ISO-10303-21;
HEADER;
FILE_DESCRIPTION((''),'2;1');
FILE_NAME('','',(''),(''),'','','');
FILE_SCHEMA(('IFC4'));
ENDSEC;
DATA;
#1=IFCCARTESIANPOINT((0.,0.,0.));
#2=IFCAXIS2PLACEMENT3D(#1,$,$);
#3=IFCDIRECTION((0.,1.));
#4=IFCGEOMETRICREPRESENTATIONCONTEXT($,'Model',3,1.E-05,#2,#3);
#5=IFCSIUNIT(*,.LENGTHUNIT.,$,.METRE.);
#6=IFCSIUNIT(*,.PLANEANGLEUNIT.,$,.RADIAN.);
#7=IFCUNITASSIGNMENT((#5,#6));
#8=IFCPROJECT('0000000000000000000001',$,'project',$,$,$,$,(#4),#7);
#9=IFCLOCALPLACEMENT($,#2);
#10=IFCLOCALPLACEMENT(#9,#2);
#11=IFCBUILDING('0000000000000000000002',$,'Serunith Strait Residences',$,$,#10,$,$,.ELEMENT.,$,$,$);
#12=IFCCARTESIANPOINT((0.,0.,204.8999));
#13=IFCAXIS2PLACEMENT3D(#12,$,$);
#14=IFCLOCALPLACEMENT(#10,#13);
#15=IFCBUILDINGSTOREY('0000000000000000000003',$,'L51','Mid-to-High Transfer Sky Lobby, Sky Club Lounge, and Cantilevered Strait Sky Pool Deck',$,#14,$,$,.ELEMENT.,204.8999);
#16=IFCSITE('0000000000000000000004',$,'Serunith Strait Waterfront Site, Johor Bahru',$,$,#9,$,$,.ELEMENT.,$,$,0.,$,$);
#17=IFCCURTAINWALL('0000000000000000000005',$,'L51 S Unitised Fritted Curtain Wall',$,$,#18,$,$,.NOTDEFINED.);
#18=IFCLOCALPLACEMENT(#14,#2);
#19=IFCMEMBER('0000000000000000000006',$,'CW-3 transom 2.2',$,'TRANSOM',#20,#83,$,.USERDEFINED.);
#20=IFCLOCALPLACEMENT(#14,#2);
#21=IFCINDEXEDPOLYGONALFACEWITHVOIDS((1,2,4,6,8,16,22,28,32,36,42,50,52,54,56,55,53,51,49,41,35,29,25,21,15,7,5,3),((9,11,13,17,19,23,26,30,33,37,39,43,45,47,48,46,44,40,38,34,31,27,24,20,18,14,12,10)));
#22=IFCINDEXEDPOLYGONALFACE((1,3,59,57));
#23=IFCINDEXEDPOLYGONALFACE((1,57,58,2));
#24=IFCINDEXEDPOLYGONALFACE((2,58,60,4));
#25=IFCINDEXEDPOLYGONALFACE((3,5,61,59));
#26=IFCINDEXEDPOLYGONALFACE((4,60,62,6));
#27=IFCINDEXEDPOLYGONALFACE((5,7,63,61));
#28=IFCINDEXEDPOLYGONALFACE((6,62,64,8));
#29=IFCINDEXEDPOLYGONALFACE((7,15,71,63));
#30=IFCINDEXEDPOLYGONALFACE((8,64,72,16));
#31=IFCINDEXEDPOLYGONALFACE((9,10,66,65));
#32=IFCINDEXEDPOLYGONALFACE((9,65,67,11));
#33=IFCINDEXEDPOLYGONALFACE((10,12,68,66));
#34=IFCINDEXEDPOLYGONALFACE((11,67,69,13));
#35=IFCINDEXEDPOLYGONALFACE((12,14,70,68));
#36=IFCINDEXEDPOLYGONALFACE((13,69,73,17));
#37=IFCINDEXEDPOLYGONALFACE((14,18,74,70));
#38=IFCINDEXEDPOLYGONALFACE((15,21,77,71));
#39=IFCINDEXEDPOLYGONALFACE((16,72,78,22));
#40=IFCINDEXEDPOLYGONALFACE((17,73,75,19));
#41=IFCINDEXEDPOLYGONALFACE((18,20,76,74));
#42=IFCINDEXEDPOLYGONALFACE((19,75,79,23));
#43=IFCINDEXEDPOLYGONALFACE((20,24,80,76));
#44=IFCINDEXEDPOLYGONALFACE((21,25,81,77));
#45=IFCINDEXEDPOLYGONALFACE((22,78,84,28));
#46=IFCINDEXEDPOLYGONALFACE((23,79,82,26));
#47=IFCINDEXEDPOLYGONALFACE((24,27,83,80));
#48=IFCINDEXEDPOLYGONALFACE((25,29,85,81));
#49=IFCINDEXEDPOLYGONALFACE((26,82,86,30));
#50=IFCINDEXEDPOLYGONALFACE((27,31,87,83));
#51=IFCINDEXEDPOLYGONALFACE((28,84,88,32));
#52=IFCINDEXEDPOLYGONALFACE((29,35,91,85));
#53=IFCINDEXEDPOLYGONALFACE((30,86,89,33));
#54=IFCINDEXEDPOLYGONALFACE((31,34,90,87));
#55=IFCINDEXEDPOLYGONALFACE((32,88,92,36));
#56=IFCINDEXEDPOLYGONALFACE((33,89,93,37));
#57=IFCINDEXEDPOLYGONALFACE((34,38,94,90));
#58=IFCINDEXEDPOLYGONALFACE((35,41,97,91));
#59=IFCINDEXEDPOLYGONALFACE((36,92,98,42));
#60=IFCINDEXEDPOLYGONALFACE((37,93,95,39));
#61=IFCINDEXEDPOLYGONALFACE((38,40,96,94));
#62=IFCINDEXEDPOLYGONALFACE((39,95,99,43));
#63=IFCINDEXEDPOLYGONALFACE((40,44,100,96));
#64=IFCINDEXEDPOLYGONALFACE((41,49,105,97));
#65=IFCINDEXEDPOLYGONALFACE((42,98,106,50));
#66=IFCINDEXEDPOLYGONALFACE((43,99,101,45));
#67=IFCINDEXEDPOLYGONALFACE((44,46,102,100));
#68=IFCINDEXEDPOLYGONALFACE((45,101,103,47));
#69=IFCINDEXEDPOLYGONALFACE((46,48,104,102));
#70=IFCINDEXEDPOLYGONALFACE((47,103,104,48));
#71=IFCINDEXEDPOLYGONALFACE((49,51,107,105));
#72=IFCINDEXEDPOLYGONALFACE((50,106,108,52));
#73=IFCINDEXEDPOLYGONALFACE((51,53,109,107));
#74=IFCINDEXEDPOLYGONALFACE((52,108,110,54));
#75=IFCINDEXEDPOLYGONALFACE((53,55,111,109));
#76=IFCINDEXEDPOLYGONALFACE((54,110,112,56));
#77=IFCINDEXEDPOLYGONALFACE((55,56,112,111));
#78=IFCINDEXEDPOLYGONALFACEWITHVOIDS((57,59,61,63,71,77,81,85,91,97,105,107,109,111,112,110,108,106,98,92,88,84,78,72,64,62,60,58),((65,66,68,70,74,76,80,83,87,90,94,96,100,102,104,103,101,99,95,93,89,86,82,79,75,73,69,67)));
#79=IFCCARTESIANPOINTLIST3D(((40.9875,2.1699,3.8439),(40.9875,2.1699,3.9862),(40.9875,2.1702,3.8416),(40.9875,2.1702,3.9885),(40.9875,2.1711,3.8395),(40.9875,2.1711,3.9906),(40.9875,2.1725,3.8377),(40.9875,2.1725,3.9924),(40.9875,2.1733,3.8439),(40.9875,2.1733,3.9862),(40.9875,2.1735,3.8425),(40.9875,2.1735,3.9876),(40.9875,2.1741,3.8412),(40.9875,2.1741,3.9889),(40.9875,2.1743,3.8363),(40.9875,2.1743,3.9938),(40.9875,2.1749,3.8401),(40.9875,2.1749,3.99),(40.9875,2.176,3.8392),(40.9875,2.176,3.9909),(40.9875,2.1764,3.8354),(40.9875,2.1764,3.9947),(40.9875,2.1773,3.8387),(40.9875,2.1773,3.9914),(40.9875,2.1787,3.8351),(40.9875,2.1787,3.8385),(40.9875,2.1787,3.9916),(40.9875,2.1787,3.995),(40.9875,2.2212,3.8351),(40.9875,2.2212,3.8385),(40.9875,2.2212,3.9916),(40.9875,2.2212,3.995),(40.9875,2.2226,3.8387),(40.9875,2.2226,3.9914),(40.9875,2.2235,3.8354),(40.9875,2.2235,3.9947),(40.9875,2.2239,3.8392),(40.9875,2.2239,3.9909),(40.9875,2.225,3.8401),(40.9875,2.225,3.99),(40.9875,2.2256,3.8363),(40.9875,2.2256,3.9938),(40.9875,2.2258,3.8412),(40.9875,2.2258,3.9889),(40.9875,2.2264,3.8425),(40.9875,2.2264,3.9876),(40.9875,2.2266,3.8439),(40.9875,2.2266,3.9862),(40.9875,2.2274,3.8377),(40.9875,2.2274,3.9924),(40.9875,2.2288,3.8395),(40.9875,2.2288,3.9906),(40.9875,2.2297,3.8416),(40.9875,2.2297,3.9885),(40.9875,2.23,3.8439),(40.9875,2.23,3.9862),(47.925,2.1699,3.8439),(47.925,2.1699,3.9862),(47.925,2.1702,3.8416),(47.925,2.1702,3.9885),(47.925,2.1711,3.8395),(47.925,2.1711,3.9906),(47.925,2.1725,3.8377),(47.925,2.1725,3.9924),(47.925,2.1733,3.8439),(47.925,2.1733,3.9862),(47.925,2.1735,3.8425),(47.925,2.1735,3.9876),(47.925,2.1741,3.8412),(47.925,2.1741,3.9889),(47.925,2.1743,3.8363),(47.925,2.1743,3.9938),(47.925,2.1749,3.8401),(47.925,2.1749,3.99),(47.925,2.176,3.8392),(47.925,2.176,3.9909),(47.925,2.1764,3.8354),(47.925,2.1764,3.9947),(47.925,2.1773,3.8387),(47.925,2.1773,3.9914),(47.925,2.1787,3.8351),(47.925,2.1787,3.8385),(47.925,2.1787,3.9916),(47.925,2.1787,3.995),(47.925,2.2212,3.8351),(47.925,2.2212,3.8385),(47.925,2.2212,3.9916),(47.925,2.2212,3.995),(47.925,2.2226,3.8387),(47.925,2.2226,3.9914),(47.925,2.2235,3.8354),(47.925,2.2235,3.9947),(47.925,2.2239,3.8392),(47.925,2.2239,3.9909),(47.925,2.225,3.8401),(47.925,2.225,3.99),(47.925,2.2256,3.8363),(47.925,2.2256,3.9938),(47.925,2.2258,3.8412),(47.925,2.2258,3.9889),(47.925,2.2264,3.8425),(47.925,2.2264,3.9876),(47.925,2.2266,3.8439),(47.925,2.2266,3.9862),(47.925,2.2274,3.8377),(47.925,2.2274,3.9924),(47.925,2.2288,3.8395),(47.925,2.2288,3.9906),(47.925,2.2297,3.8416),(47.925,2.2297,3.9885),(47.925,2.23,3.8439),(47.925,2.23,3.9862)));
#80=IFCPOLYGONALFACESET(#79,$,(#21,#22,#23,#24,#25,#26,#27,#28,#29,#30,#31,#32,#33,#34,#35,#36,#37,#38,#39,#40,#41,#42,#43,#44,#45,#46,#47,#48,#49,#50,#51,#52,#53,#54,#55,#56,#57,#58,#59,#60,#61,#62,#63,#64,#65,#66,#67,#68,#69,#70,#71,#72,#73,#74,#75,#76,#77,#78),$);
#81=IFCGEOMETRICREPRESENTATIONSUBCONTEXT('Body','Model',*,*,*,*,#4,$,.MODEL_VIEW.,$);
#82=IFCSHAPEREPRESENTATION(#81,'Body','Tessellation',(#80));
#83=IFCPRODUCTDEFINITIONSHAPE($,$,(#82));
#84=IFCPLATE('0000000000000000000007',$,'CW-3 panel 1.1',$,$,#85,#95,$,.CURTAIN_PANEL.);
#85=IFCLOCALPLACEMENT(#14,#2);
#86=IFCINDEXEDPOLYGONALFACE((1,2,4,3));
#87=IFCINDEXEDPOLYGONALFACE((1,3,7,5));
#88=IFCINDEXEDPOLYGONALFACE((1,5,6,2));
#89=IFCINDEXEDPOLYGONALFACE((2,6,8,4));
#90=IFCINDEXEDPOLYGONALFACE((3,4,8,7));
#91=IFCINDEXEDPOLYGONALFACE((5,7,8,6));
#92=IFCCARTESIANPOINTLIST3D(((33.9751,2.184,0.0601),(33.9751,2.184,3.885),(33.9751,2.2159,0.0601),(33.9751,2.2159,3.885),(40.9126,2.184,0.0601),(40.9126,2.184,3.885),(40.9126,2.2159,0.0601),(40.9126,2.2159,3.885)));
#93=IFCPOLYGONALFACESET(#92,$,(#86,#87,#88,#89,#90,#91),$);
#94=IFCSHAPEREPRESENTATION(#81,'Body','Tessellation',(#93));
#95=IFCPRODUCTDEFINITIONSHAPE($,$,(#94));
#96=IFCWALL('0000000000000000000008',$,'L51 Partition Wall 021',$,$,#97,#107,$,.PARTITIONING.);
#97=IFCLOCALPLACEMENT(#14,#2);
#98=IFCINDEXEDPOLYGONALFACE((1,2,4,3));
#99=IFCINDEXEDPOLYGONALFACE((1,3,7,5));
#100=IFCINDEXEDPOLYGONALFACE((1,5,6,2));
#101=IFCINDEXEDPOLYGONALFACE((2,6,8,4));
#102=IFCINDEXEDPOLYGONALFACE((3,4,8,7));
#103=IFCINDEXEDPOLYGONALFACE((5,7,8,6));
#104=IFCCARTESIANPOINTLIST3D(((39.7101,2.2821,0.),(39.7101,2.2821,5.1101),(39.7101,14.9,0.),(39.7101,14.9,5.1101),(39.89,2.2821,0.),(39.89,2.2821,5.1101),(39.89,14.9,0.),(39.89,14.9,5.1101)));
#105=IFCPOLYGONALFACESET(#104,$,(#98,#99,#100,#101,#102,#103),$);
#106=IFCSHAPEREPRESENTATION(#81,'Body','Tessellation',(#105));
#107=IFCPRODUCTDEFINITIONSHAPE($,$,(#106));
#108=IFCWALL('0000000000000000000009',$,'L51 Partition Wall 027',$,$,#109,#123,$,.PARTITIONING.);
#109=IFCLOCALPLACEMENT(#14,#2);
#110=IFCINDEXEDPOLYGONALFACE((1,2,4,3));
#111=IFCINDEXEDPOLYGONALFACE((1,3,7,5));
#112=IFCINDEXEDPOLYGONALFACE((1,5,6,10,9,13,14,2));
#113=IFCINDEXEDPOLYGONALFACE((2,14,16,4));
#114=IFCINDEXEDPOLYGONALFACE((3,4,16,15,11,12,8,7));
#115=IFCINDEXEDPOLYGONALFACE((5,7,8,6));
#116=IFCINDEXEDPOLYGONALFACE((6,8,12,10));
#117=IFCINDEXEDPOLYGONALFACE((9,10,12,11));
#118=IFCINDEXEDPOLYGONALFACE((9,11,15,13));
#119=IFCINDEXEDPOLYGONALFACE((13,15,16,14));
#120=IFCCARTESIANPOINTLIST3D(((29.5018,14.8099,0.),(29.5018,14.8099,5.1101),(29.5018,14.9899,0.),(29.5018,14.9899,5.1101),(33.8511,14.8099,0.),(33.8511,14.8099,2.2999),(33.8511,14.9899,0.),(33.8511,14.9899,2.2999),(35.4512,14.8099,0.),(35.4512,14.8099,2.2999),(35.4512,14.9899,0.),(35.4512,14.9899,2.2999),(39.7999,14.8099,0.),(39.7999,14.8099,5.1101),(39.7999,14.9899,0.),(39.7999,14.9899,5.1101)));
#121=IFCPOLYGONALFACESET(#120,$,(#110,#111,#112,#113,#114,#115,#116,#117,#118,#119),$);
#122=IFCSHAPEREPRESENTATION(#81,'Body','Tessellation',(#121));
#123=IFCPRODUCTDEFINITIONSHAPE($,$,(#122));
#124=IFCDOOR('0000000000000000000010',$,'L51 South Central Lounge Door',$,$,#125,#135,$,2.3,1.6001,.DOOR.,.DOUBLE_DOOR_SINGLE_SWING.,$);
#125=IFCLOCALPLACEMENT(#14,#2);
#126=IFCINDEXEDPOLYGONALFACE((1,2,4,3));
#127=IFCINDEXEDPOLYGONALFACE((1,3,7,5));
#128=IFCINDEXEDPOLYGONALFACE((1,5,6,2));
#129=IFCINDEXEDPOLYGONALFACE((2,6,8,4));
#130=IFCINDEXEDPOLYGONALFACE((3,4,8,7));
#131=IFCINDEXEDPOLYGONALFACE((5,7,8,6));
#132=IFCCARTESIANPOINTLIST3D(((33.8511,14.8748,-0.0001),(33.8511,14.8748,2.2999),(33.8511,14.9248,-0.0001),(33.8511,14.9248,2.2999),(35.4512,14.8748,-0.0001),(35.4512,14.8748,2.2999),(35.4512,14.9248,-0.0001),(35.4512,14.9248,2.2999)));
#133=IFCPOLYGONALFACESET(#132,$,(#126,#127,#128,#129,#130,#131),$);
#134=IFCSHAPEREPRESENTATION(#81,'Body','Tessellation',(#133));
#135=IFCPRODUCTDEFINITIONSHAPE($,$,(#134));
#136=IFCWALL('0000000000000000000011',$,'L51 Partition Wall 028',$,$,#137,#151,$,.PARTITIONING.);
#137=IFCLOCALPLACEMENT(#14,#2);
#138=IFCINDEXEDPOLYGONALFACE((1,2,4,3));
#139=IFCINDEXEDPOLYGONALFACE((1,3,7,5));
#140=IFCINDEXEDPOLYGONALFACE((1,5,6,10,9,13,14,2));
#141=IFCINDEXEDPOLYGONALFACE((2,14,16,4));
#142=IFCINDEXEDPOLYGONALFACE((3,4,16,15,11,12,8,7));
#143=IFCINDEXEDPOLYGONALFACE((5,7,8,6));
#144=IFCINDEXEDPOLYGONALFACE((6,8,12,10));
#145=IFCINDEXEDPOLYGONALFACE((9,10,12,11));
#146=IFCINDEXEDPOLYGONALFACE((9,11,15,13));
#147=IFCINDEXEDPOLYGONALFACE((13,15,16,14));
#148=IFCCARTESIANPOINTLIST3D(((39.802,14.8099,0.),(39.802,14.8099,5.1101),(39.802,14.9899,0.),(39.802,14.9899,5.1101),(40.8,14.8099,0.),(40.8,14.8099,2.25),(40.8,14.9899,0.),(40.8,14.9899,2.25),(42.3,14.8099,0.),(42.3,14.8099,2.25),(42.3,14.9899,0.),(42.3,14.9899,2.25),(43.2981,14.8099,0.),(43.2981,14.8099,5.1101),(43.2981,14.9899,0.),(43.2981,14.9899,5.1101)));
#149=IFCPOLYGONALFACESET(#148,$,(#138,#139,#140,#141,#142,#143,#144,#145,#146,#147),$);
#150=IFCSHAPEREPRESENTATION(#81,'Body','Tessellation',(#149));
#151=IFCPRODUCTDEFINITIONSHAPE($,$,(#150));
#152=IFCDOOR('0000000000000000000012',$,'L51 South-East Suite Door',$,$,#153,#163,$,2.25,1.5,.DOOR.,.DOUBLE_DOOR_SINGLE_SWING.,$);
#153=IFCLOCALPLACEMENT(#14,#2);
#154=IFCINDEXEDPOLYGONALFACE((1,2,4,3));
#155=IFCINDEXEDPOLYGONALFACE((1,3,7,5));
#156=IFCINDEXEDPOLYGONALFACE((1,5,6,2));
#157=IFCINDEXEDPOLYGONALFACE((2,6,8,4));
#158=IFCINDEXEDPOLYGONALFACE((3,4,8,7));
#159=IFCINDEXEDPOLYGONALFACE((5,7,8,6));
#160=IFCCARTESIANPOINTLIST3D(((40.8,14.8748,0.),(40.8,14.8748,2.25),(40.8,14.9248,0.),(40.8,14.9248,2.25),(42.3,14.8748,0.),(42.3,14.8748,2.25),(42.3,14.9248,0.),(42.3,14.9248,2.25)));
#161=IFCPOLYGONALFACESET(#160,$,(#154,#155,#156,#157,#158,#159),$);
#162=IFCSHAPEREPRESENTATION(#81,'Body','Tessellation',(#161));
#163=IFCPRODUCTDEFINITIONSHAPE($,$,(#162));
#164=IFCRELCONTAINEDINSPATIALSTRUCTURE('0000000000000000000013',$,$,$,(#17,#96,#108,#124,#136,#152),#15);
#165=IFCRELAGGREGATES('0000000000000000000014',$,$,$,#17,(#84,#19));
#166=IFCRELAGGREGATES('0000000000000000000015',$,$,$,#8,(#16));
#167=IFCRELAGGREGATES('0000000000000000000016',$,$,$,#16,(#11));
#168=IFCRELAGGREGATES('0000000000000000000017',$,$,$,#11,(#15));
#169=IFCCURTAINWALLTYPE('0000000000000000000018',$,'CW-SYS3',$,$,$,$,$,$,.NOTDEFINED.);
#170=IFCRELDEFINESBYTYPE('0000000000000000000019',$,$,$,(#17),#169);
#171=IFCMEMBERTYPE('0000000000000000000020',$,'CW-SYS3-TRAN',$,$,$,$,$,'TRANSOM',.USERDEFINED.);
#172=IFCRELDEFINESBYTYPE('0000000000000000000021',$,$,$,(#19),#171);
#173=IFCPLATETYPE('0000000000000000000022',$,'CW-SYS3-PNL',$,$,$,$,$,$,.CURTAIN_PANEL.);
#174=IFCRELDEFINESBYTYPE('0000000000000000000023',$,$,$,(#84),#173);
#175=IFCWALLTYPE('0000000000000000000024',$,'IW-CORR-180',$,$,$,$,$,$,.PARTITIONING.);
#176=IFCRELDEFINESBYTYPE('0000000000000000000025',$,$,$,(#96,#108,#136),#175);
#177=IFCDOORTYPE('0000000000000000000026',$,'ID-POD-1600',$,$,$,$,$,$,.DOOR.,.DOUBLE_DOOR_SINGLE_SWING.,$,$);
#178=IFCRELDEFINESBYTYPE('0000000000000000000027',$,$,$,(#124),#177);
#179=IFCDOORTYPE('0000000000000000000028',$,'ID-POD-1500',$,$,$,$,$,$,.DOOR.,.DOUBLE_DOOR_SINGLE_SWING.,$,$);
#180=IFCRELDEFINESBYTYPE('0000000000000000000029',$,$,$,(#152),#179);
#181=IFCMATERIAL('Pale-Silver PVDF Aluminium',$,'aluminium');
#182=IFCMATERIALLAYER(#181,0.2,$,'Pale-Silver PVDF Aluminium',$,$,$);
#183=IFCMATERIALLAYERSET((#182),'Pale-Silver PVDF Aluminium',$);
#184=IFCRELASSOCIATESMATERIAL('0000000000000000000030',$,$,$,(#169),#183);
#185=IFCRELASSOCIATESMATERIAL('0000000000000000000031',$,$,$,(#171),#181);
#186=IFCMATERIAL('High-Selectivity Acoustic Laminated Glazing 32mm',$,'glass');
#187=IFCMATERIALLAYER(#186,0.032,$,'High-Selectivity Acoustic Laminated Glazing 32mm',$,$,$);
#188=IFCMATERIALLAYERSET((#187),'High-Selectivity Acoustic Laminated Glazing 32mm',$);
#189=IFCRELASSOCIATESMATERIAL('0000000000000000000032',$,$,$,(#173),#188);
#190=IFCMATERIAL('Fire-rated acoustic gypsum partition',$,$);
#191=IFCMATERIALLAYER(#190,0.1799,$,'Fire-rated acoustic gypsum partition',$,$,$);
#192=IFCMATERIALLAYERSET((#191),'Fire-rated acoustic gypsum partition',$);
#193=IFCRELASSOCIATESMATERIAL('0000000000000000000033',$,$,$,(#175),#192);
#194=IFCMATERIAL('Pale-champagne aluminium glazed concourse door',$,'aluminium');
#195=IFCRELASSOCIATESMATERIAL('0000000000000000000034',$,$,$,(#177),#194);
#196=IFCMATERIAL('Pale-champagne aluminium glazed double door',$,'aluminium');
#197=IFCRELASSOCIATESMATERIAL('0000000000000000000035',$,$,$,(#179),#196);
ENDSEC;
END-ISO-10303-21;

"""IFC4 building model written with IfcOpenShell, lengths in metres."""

from ifc_helpers import new_model, si_unit, direction, frame, frame_2d, origin, origin_2d, place, context, subcontext, project, spatial, rectangle, hollow_rectangle, extrude, source, transform, mapped, material, layer, layer_set, material_profile, profile_set, type_object, element, fill, aggregate, save


model = new_model("IFC4")

# Units and contexts
model_context = context("Model", 3, precision=1e-05, world=origin(), true_north=direction((0.0, 1.0)))
body_context = subcontext(model_context, "Body", "Model", "MODEL_VIEW")
ifc_project = project(units=[si_unit("LENGTHUNIT", "METRE"), si_unit("PLANEANGLEUNIT", "RADIAN")], contexts=[model_context])

# Site, building, storey
site_placement = place(None, origin())
site = spatial("IfcSite", under=ifc_project, at=site_placement, Name="Serunith Strait Waterfront Site, Johor Bahru", CompositionType="ELEMENT", RefElevation=0.0)
building_placement = place(site_placement, origin())
building = spatial("IfcBuilding", under=site, at=building_placement, Name="Serunith Strait Residences", CompositionType="ELEMENT")
storey_placement = place(building_placement, frame((0.0, 0.0, 204.8999)))
storey = spatial("IfcBuildingStorey", under=building, at=storey_placement, Name="L51", Description="Mid-to-High Transfer Sky Lobby, Sky Club Lounge, and Cantilevered Strait Sky Pool Deck", CompositionType="ELEMENT", Elevation=204.8999)

# Shared definitions
ifc_material_1 = material(Name="Pale-Silver PVDF Aluminium", Category="aluminium")
ifc_layer_1 = layer(ifc_material_1, 0.2, Name="Pale-Silver PVDF Aluminium")
ifc_layer_set_1 = layer_set([ifc_layer_1], Name="Pale-Silver PVDF Aluminium")
curtain_wall_type = type_object("IfcCurtainWallType", Name="CW-SYS3", PredefinedType="NOTDEFINED", material=ifc_layer_set_1)

# Curtain wall, member, plate
curtain_wall_1_placement = place(storey_placement, origin())
curtain_wall_1 = element("IfcCurtainWall", 1, at=curtain_wall_1_placement, inside=storey, type_object=curtain_wall_type, Name="L51 S Unitised Fritted Curtain Wall", PredefinedType="NOTDEFINED")
ifc_material_profile_1 = material_profile(ifc_material_1, hollow_rectangle(XDim=0.0601, YDim=0.1599, WallThickness=0.0034, InnerFilletRadius=0.0054, OuterFilletRadius=0.0088, at=origin_2d()), Name="ALU 160x60x3.5")
ifc_profile_set_1 = profile_set([ifc_material_profile_1], Name="Pale-Silver PVDF Aluminium")
member_type_1 = type_object("IfcMemberType", Name="CW-SYS3-TRAN", ElementType="TRANSOM", PredefinedType="USERDEFINED", material=ifc_profile_set_1)
shared_shape_1 = source(origin(), body_context, "Body", "SweptSolid", [
    extrude(hollow_rectangle(XDim=0.0601, YDim=0.1599, WallThickness=0.0034, InnerFilletRadius=0.0054, OuterFilletRadius=0.0088, at=origin_2d()), origin(), (0.0, 0.0, 1.0), 6.9375),
])
member_1_placement = place(storey_placement, frame((40.9875, 2.2, 3.915), z_axis=(1.0, 0.0, 0.0), x_axis=(0.0, 1.0, 0.0)))
member_1 = element("IfcMember", 2, at=member_1_placement, type_object=member_type_1, Name="CW-3 transom 2.2", ObjectType="TRANSOM", PredefinedType="USERDEFINED", context=body_context, shape_type="MappedRepresentation", body=[
    mapped(shared_shape_1, transform((0.0, 0.0, 0.0), scale=1.0)),
])
ifc_material_2 = material(Name="High-Selectivity Acoustic Laminated Glazing 32mm", Category="glass")
ifc_layer_2 = layer(ifc_material_2, 0.032, Name="High-Selectivity Acoustic Laminated Glazing 32mm")
ifc_layer_set_2 = layer_set([ifc_layer_2], Name="High-Selectivity Acoustic Laminated Glazing 32mm")
plate_type = type_object("IfcPlateType", Name="CW-SYS3-PNL", PredefinedType="CURTAIN_PANEL", material=ifc_layer_set_2)
shared_shape_2 = source(origin(), body_context, "Body", "SweptSolid", [
    extrude(rectangle(XDim=6.9375, YDim=0.032, at=origin_2d()), origin(), (0.0, 0.0, 1.0), 3.825),
])
plate_placement = place(storey_placement, frame((37.4438, 2.2, 0.0601), z_axis=(0.0, 0.0, 1.0), x_axis=(1.0, 0.0, 0.0)))
plate = element("IfcPlate", 3, at=plate_placement, type_object=plate_type, Name="CW-3 panel 1.1", PredefinedType="CURTAIN_PANEL", context=body_context, shape_type="MappedRepresentation", body=[
    mapped(shared_shape_2, transform((0.0, 0.0, 0.0), scale=1.0)),
])
aggregate(curtain_wall_1, [plate, member_1])

# Wall
ifc_material_3 = material(Name="Fire-rated acoustic gypsum partition")
ifc_layer_3 = layer(ifc_material_3, 0.1799, Name="Fire-rated acoustic gypsum partition")
ifc_layer_set_3 = layer_set([ifc_layer_3], Name="Fire-rated acoustic gypsum partition")
wall_type_1 = type_object("IfcWallType", Name="IW-CORR-180", PredefinedType="PARTITIONING", material=ifc_layer_set_3)
wall_1_placement = place(storey_placement, frame((39.8, 2.282, 0.0), z_axis=(0.0, 0.0, 1.0), x_axis=(0.0, 1.0, 0.0)))
element("IfcWall", 4, at=wall_1_placement, inside=storey, type_object=wall_type_1, Name="L51 Partition Wall 021", PredefinedType="PARTITIONING", context=body_context, shape_type="SweptSolid", body=[
    extrude(rectangle(XDim=12.6179, YDim=0.1799, at=frame_2d((6.3091, 0.0))), origin(), (0.0, 0.0, 1.0), 5.1101),
])

# Walls, openings, doors
wall_2_placement = place(storey_placement, frame((29.502, 14.8999, 0.0), z_axis=(0.0, 0.0, 1.0), x_axis=(1.0, 0.0, 0.0)))
wall_2 = element("IfcWall", 5, at=wall_2_placement, inside=storey, type_object=wall_type_1, Name="L51 Partition Wall 027", PredefinedType="PARTITIONING", context=body_context, shape_type="SweptSolid", body=[
    extrude(rectangle(XDim=10.2981, YDim=0.1799, at=frame_2d((5.1489, 0.0))), origin(), (0.0, 0.0, 1.0), 5.1101),
])
opening_1_placement = place(wall_2_placement, frame((4.3491, 0.0, 0.0)))
opening_1 = element("IfcOpeningElement", 6, at=opening_1_placement, cuts=wall_2, PredefinedType="OPENING", context=body_context, shape_type="SweptSolid", body=[
    extrude(rectangle(XDim=1.6001, YDim=2.3, at=frame_2d((0.8, 1.1499))), frame((0.0, 0.1001, 0.0), z_axis=(0.0, -1.0, 0.0), x_axis=(1.0, 0.0, 0.0)), (0.0, 0.0, 1.0), 0.2),
])
ifc_material_4 = material(Name="Pale-champagne aluminium glazed concourse door", Category="aluminium")
door_type_1 = type_object("IfcDoorType", Name="ID-POD-1600", OperationType="DOUBLE_DOOR_SINGLE_SWING", PredefinedType="DOOR", material=ifc_material_4)
shared_shape_3 = source(origin(), body_context, "Body", "SweptSolid", [
    extrude(rectangle(XDim=1.6001, YDim=2.3, at=frame_2d((0.8, 1.1499))), frame((0.0, 0.0249, 0.0), z_axis=(0.0, -1.0, 0.0), x_axis=(1.0, 0.0, 0.0)), (0.0, 0.0, 1.0), 0.05),
])
door_1_placement = place(opening_1_placement, origin())
door_1 = element("IfcDoor", 7, at=door_1_placement, inside=storey, type_object=door_type_1, Name="L51 South Central Lounge Door", OperationType="DOUBLE_DOOR_SINGLE_SWING", OverallHeight=2.3, OverallWidth=1.6001, PredefinedType="DOOR", context=body_context, shape_type="MappedRepresentation", body=[
    mapped(shared_shape_3, transform((0.0, 0.0, 0.0), scale=1.0)),
])
fill(opening_1, door_1)
wall_3_placement = place(storey_placement, frame((39.802, 14.8999, 0.0), z_axis=(0.0, 0.0, 1.0), x_axis=(1.0, 0.0, 0.0)))
wall_3 = element("IfcWall", 8, at=wall_3_placement, inside=storey, type_object=wall_type_1, Name="L51 Partition Wall 028", PredefinedType="PARTITIONING", context=body_context, shape_type="SweptSolid", body=[
    extrude(rectangle(XDim=3.4961, YDim=0.1799, at=frame_2d((1.748, 0.0))), origin(), (0.0, 0.0, 1.0), 5.1101),
])
opening_2_placement = place(wall_3_placement, frame((0.998, 0.0, 0.0)))
opening_2 = element("IfcOpeningElement", 9, at=opening_2_placement, cuts=wall_3, PredefinedType="OPENING", context=body_context, shape_type="SweptSolid", body=[
    extrude(rectangle(XDim=1.5, YDim=2.25, at=frame_2d((0.75, 1.125))), frame((0.0, 0.1001, 0.0), z_axis=(0.0, -1.0, 0.0), x_axis=(1.0, 0.0, 0.0)), (0.0, 0.0, 1.0), 0.2),
])
ifc_material_5 = material(Name="Pale-champagne aluminium glazed double door", Category="aluminium")
door_type_2 = type_object("IfcDoorType", Name="ID-POD-1500", OperationType="DOUBLE_DOOR_SINGLE_SWING", PredefinedType="DOOR", material=ifc_material_5)
shared_shape_4 = source(origin(), body_context, "Body", "SweptSolid", [
    extrude(rectangle(XDim=1.5, YDim=2.25, at=frame_2d((0.75, 1.125))), frame((0.0, 0.0249, 0.0), z_axis=(0.0, -1.0, 0.0), x_axis=(1.0, 0.0, 0.0)), (0.0, 0.0, 1.0), 0.05),
])
door_2_placement = place(opening_2_placement, origin())
door_2 = element("IfcDoor", 10, at=door_2_placement, inside=storey, type_object=door_type_2, Name="L51 South-East Suite Door", OperationType="DOUBLE_DOOR_SINGLE_SWING", OverallHeight=2.25, OverallWidth=1.5, PredefinedType="DOOR", context=body_context, shape_type="MappedRepresentation", body=[
    mapped(shared_shape_4, transform((0.0, 0.0, 0.0), scale=1.0)),
])
fill(opening_2, door_2)

save(model, "model.ifc")
